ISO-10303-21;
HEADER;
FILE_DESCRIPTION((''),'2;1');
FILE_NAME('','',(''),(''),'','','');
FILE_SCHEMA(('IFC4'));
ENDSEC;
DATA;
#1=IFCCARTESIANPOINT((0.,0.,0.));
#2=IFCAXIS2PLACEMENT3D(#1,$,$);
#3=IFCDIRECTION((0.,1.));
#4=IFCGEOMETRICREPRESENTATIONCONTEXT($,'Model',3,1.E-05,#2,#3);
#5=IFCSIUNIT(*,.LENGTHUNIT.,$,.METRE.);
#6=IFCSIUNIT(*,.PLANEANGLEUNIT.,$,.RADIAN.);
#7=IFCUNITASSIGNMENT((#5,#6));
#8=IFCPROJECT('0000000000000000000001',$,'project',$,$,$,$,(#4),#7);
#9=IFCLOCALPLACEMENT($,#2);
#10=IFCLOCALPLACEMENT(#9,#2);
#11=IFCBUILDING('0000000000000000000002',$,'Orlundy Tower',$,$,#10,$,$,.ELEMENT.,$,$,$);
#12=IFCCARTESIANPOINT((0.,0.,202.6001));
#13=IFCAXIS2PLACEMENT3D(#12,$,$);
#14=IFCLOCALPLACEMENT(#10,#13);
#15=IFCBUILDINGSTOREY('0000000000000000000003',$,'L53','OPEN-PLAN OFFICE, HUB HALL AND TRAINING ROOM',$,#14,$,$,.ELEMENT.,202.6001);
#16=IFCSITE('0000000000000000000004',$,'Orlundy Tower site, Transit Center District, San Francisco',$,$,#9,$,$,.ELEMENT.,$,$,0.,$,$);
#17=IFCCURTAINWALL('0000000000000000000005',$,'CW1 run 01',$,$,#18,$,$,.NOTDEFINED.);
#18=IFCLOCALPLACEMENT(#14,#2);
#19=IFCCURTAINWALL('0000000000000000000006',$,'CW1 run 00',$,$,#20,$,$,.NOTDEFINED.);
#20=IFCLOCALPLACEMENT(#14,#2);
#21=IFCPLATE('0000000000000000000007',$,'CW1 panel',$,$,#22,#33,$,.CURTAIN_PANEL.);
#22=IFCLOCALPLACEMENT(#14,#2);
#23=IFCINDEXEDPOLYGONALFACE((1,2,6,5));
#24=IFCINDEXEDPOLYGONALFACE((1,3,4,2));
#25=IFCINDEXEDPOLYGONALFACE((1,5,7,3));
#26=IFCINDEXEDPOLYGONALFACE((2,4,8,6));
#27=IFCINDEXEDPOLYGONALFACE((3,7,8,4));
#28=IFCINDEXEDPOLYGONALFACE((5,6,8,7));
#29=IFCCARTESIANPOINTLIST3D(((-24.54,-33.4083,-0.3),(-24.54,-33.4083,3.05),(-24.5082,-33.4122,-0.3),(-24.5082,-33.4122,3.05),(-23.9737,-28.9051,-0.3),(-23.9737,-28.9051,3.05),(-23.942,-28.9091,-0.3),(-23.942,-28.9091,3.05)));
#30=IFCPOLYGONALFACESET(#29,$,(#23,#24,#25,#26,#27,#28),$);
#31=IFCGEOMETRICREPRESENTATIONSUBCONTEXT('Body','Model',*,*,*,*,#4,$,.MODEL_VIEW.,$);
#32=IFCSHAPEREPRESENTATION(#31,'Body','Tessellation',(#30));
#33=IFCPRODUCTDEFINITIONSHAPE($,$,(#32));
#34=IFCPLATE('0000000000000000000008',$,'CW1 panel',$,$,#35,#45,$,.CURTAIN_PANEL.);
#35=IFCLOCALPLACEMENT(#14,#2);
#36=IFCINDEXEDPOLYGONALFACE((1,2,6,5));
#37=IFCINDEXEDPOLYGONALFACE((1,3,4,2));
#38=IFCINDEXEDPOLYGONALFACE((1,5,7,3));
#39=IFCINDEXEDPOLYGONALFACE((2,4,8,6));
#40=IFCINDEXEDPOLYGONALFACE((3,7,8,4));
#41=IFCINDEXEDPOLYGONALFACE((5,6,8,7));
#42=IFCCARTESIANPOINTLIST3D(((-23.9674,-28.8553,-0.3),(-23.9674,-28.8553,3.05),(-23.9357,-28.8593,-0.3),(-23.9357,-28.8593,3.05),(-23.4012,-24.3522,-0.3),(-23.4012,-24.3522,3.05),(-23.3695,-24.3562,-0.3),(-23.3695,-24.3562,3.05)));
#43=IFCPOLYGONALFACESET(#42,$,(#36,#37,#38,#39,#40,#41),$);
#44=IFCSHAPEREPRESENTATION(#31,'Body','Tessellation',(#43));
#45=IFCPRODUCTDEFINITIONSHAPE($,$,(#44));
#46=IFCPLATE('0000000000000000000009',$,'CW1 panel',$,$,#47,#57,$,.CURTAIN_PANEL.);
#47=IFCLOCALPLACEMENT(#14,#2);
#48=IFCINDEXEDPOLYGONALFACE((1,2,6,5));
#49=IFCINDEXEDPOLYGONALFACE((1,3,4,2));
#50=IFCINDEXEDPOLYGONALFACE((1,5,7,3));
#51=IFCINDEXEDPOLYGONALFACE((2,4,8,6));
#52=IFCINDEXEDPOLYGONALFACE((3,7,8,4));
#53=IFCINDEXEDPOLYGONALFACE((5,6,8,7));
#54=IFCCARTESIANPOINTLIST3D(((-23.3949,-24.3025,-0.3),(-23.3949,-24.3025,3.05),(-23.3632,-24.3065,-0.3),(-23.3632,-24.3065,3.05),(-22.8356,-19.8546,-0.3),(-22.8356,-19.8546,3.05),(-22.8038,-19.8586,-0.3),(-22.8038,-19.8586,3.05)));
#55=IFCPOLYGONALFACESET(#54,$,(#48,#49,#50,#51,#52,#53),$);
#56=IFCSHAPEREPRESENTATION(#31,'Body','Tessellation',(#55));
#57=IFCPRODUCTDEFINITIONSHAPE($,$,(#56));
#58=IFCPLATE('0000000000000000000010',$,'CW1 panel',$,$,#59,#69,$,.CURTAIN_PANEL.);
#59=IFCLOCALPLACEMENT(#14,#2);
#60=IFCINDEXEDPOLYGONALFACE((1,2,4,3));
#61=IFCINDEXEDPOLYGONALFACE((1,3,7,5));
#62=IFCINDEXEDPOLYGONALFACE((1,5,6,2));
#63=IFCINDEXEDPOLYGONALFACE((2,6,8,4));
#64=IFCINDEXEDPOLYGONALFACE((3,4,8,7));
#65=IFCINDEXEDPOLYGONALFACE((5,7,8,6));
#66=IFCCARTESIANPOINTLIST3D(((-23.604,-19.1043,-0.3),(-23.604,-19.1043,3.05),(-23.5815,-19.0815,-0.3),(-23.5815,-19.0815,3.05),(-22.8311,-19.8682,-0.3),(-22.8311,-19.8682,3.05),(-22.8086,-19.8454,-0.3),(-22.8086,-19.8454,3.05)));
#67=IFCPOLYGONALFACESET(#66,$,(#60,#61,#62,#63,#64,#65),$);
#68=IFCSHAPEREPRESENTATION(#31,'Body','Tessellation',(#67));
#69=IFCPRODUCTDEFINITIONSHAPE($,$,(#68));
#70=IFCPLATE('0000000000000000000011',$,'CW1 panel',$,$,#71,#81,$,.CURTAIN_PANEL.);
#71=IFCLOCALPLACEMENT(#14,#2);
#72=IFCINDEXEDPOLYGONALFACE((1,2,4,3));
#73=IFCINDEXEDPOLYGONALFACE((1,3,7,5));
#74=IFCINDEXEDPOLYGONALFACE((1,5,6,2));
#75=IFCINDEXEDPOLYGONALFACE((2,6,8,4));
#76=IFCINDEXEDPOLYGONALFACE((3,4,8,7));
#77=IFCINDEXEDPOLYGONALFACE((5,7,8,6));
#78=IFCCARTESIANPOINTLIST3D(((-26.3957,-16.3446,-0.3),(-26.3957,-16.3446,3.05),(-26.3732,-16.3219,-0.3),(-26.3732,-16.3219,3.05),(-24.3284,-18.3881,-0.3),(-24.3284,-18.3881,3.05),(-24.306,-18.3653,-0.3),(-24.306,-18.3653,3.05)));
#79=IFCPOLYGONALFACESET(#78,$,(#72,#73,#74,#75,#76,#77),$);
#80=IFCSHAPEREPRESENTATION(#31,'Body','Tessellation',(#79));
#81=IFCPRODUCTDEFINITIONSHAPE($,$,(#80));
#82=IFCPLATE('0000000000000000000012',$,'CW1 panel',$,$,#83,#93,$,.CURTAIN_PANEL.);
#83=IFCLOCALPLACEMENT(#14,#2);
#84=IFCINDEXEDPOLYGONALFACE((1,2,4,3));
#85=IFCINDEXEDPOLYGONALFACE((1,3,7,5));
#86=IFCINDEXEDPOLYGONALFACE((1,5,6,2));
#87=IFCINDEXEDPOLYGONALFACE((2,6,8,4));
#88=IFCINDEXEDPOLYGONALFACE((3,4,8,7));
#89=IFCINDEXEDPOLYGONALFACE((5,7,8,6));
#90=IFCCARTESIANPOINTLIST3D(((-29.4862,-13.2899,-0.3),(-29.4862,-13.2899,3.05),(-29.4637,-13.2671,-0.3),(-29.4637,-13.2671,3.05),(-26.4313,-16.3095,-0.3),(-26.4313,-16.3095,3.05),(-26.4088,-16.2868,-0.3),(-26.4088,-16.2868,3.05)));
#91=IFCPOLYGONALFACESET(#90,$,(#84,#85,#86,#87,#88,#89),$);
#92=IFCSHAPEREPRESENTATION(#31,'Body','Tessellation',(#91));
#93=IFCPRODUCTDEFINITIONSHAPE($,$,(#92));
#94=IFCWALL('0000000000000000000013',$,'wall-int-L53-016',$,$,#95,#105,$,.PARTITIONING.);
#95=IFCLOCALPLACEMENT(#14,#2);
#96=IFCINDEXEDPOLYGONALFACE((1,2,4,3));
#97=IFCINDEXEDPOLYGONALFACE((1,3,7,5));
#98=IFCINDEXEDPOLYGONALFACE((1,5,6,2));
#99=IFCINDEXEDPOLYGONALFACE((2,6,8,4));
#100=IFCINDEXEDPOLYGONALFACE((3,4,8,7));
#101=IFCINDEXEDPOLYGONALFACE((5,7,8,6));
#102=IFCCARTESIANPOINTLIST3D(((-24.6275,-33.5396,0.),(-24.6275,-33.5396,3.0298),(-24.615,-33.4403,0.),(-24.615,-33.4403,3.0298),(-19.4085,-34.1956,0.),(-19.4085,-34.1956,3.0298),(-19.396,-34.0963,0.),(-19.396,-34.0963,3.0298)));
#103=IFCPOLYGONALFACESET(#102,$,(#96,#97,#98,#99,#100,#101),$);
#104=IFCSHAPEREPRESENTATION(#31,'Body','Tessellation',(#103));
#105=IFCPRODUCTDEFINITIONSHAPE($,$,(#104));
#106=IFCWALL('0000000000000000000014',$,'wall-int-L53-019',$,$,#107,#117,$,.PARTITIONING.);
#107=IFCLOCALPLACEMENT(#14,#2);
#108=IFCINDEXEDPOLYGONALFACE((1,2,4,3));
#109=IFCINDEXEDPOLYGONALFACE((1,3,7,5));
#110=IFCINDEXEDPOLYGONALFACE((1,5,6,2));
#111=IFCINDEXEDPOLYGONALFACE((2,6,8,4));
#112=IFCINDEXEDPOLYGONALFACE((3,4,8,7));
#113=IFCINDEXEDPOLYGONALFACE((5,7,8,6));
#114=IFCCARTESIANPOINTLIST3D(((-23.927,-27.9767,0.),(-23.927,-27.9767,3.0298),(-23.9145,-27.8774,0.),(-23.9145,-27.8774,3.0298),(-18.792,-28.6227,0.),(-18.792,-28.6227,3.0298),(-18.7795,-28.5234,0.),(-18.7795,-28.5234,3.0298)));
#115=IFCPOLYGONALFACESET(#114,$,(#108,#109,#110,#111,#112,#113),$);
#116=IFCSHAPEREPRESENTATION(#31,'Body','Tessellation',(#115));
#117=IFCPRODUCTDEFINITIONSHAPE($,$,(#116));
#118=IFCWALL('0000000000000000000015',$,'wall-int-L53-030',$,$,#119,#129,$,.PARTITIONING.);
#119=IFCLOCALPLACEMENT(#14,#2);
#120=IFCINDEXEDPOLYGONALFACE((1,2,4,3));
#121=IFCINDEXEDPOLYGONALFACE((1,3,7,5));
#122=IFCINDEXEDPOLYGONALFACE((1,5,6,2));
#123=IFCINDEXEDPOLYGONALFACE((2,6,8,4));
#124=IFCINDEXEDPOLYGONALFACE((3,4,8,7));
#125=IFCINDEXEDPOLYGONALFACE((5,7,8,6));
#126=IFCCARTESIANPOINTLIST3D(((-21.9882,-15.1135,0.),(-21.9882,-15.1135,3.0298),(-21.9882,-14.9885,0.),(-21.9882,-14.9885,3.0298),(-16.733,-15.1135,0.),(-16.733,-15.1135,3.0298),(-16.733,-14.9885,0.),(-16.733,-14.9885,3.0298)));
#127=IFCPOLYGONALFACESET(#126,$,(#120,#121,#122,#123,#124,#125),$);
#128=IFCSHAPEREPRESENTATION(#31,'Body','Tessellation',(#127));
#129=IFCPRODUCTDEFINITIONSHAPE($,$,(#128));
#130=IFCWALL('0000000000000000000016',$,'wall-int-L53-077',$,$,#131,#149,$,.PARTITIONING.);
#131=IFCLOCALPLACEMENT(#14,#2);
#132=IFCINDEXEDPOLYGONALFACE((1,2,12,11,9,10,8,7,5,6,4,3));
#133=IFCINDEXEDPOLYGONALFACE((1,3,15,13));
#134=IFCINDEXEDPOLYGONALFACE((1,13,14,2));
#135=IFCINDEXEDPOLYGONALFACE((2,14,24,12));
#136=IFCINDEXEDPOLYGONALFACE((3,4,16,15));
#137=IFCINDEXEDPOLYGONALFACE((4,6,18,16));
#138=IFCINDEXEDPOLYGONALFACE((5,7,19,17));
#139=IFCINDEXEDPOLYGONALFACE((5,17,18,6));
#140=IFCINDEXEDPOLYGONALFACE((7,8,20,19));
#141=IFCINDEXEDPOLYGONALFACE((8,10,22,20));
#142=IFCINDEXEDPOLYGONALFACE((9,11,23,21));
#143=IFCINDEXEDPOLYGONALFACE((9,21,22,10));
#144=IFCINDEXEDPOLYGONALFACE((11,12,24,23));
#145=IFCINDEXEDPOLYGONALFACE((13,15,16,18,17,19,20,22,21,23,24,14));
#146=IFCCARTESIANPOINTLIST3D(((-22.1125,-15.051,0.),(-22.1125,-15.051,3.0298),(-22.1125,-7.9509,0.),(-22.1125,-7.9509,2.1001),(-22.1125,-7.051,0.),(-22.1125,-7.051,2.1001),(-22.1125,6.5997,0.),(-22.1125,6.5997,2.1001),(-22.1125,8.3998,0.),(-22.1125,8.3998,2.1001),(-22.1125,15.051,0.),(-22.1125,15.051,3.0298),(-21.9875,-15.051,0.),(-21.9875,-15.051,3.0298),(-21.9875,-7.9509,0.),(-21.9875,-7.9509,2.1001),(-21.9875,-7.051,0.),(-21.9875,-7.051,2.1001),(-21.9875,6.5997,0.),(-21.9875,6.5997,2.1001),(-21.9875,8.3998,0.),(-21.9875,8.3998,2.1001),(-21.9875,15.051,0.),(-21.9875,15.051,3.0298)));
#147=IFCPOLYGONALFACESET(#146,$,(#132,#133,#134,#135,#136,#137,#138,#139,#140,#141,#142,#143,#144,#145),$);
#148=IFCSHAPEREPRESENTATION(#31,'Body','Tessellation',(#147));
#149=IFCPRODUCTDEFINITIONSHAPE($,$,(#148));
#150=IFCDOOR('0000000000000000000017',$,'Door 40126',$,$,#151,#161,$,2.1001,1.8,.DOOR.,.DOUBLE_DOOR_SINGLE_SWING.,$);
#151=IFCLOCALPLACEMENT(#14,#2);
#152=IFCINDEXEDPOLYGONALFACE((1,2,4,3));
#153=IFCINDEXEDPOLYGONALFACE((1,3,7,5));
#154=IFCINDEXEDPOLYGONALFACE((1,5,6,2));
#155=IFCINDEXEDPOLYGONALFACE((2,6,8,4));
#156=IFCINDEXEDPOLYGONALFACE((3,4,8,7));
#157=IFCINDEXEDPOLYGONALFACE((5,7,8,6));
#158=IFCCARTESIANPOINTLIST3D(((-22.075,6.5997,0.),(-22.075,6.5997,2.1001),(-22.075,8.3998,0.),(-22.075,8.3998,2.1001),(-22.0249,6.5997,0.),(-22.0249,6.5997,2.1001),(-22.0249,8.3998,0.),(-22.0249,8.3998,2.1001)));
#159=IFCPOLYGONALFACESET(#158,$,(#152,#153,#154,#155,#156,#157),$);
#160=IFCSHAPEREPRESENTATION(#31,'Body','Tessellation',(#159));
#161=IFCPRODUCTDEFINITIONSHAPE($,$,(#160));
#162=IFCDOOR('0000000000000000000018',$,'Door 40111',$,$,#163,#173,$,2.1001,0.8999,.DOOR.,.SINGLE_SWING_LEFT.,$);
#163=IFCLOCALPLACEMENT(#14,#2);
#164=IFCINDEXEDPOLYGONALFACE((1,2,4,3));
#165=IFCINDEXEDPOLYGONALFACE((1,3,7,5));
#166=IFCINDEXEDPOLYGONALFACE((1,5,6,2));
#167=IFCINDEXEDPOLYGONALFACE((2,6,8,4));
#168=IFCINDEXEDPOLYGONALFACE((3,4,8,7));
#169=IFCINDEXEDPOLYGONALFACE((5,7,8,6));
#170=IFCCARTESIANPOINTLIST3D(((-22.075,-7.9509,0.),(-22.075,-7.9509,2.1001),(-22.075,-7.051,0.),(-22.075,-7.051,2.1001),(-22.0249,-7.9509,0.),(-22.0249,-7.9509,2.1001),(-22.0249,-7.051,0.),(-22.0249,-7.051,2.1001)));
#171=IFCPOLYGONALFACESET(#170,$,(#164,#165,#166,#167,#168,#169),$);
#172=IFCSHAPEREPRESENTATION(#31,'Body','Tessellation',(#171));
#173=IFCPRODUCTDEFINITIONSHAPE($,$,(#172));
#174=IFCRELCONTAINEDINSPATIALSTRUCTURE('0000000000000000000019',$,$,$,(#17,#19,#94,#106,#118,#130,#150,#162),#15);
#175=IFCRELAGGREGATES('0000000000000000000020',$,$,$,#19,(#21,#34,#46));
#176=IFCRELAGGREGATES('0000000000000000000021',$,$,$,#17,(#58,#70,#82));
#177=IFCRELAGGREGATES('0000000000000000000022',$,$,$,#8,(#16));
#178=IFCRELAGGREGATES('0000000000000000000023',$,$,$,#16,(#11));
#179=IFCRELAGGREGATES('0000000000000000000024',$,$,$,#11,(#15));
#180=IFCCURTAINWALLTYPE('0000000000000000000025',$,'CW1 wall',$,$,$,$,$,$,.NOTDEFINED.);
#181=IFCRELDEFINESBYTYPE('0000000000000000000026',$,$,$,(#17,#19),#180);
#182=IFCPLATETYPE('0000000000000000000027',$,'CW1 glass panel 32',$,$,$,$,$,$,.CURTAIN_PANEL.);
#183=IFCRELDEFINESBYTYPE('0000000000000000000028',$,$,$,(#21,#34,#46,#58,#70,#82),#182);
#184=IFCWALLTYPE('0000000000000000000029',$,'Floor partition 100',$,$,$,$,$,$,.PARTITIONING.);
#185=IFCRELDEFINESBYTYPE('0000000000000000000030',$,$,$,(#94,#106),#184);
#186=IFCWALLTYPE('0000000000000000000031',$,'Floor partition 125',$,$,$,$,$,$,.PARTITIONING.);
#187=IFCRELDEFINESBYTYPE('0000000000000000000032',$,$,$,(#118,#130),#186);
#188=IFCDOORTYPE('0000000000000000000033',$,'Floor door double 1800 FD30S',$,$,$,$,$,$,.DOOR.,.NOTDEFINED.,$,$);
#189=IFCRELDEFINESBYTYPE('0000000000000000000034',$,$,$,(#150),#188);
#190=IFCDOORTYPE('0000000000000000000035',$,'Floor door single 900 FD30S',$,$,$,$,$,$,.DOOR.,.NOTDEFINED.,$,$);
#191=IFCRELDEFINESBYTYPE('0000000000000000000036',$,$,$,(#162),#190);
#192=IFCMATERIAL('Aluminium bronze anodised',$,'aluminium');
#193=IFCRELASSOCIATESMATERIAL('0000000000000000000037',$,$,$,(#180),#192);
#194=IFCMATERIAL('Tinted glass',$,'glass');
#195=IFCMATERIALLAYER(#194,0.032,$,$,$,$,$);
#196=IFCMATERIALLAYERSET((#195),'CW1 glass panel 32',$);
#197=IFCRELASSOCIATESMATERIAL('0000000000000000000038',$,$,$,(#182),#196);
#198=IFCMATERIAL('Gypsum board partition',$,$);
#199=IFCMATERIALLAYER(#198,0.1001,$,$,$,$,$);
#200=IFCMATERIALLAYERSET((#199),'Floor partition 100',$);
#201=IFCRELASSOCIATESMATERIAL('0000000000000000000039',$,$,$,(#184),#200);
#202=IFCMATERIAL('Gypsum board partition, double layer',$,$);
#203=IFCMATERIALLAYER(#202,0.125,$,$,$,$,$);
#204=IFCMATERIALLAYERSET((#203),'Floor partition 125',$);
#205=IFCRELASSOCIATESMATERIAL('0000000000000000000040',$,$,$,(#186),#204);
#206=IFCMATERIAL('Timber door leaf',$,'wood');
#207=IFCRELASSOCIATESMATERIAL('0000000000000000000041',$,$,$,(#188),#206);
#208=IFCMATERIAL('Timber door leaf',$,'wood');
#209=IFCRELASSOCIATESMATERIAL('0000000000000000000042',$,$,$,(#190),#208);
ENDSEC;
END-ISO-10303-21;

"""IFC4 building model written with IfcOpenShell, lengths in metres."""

from ifc_helpers import new_model, si_unit, direction, frame, frame_2d, origin, origin_2d, place, context, subcontext, project, spatial, rectangle, extrude, material, layer, layer_set, type_object, element, fill, aggregate, save


model = new_model("IFC4")

# Units and contexts
model_context = context("Model", 3, precision=1e-05, world=origin(), true_north=direction((0.0, 1.0)))
body_context = subcontext(model_context, "Body", "Model", "MODEL_VIEW")
ifc_project = project(units=[si_unit("LENGTHUNIT", "METRE"), si_unit("PLANEANGLEUNIT", "RADIAN")], contexts=[model_context])

# Site, building, storey
site_placement = place(None, origin())
site = spatial("IfcSite", under=ifc_project, at=site_placement, Name="Orlundy Tower site, Transit Center District, San Francisco", CompositionType="ELEMENT", RefElevation=0.0)
building_placement = place(site_placement, origin())
building = spatial("IfcBuilding", under=site, at=building_placement, Name="Orlundy Tower", CompositionType="ELEMENT")
storey_placement = place(building_placement, frame((0.0, 0.0, 202.6001)))
storey = spatial("IfcBuildingStorey", under=building, at=storey_placement, Name="L53", Description="OPEN-PLAN OFFICE, HUB HALL AND TRAINING ROOM", CompositionType="ELEMENT", Elevation=202.6001)

# Curtain wall
ifc_material_1 = material(Name="Aluminium bronze anodised", Category="aluminium")
curtain_wall_type = type_object("IfcCurtainWallType", Name="CW1 wall", PredefinedType="NOTDEFINED", material=ifc_material_1)
curtain_wall_1_placement = place(storey_placement, origin())
curtain_wall_1 = element("IfcCurtainWall", 1, at=curtain_wall_1_placement, inside=storey, type_object=curtain_wall_type, Name="CW1 run 01", PredefinedType="NOTDEFINED")

# Curtain wall
curtain_wall_2_placement = place(storey_placement, origin())
curtain_wall_2 = element("IfcCurtainWall", 2, at=curtain_wall_2_placement, inside=storey, type_object=curtain_wall_type, Name="CW1 run 00", PredefinedType="NOTDEFINED")

# Plates
ifc_material_2 = material(Name="Tinted glass", Category="glass")
ifc_layer_1 = layer(ifc_material_2, 0.032)
ifc_layer_set_1 = layer_set([ifc_layer_1], Name="CW1 glass panel 32")
plate_type = type_object("IfcPlateType", Name="CW1 glass panel 32", PredefinedType="CURTAIN_PANEL", material=ifc_layer_set_1)
plate_1_placement = place(storey_placement, frame((-24.241, -31.1587, -0.3), z_axis=(0.0, 0.0, 1.0), x_axis=(0.124763, 0.992187, 0.0)))
plate_1 = element("IfcPlate", 3, at=plate_1_placement, type_object=plate_type, Name="CW1 panel", PredefinedType="CURTAIN_PANEL", context=body_context, shape_type="SweptSolid", body=[
    extrude(rectangle(XDim=4.5386, YDim=0.032, at=origin_2d()), origin(), (0.0, 0.0, 1.0), 3.3501),
])
plate_2_placement = place(storey_placement, frame((-23.6685, -26.6057, -0.3), z_axis=(0.0, 0.0, 1.0), x_axis=(0.124763, 0.992187, 0.0)))
plate_2 = element("IfcPlate", 4, at=plate_2_placement, type_object=plate_type, Name="CW1 panel", PredefinedType="CURTAIN_PANEL", context=body_context, shape_type="SweptSolid", body=[
    extrude(rectangle(XDim=4.5386, YDim=0.032, at=origin_2d()), origin(), (0.0, 0.0, 1.0), 3.3501),
])
plate_3_placement = place(storey_placement, frame((-23.0994, -22.0806, -0.3), z_axis=(0.0, 0.0, 1.0), x_axis=(0.124763, 0.992187, 0.0)))
plate_3 = element("IfcPlate", 5, at=plate_3_placement, type_object=plate_type, Name="CW1 panel", PredefinedType="CURTAIN_PANEL", context=body_context, shape_type="SweptSolid", body=[
    extrude(rectangle(XDim=4.4829, YDim=0.032, at=origin_2d()), origin(), (0.0, 0.0, 1.0), 3.3501),
])
aggregate(curtain_wall_2, [plate_1, plate_2, plate_3])
plate_4_placement = place(storey_placement, frame((-23.2063, -19.4749, -0.3), z_axis=(0.0, 0.0, 1.0), x_axis=(-0.711198, 0.702992, 0.0)))
plate_4 = element("IfcPlate", 6, at=plate_4_placement, type_object=plate_type, Name="CW1 panel", PredefinedType="CURTAIN_PANEL", context=body_context, shape_type="SweptSolid", body=[
    extrude(rectangle(XDim=1.0867, YDim=0.032, at=origin_2d()), origin(), (0.0, 0.0, 1.0), 3.3501),
])
plate_5_placement = place(storey_placement, frame((-25.3508, -17.355, -0.3), z_axis=(0.0, 0.0, 1.0), x_axis=(-0.711198, 0.702992, 0.0)))
plate_5 = element("IfcPlate", 7, at=plate_5_placement, type_object=plate_type, Name="CW1 panel", PredefinedType="CURTAIN_PANEL", context=body_context, shape_type="SweptSolid", body=[
    extrude(rectangle(XDim=2.9067, YDim=0.032, at=origin_2d()), origin(), (0.0, 0.0, 1.0), 3.3501),
])
plate_6_placement = place(storey_placement, frame((-27.9475, -14.7883, -0.3), z_axis=(0.0, 0.0, 1.0), x_axis=(-0.711198, 0.702992, 0.0)))
plate_6 = element("IfcPlate", 8, at=plate_6_placement, type_object=plate_type, Name="CW1 panel", PredefinedType="CURTAIN_PANEL", context=body_context, shape_type="SweptSolid", body=[
    extrude(rectangle(XDim=4.2954, YDim=0.032, at=origin_2d()), origin(), (0.0, 0.0, 1.0), 3.3501),
])
aggregate(curtain_wall_1, [plate_4, plate_5, plate_6])

# Walls
ifc_material_3 = material(Name="Gypsum board partition")
ifc_layer_2 = layer(ifc_material_3, 0.1001)
ifc_layer_set_2 = layer_set([ifc_layer_2], Name="Floor partition 100")
wall_type_1 = type_object("IfcWallType", Name="Floor partition 100", PredefinedType="PARTITIONING", material=ifc_layer_set_2)
wall_1_placement = place(storey_placement, frame((-24.6211, -33.49, 0.0), z_axis=(0.0, 0.0, 1.0), x_axis=(0.992193, -0.124714, 0.0)))
element("IfcWall", 9, at=wall_1_placement, inside=storey, type_object=wall_type_1, Name="wall-int-L53-016", PredefinedType="PARTITIONING", context=body_context, shape_type="SweptSolid", body=[
    extrude(rectangle(XDim=5.26, YDim=0.1001, at=frame_2d((2.6299, 0.0))), origin(), (0.0, 0.0, 1.0), 3.0298),
])
wall_2_placement = place(storey_placement, frame((-23.9209, -27.927, 0.0), z_axis=(0.0, 0.0, 1.0), x_axis=(0.99218, -0.124818, 0.0)))
element("IfcWall", 10, at=wall_2_placement, inside=storey, type_object=wall_type_1, Name="wall-int-L53-019", PredefinedType="PARTITIONING", context=body_context, shape_type="SweptSolid", body=[
    extrude(rectangle(XDim=5.1755, YDim=0.1001, at=frame_2d((2.5879, 0.0))), origin(), (0.0, 0.0, 1.0), 3.0298),
])
ifc_material_4 = material(Name="Gypsum board partition, double layer")
ifc_layer_3 = layer(ifc_material_4, 0.125)
ifc_layer_set_3 = layer_set([ifc_layer_3], Name="Floor partition 125")
wall_type_2 = type_object("IfcWallType", Name="Floor partition 125", PredefinedType="PARTITIONING", material=ifc_layer_set_3)
wall_3_placement = place(storey_placement, frame((-21.988, -15.051, 0.0), z_axis=(0.0, 0.0, 1.0), x_axis=(1.0, 0.0, 0.0)))
element("IfcWall", 11, at=wall_3_placement, inside=storey, type_object=wall_type_2, Name="wall-int-L53-030", PredefinedType="PARTITIONING", context=body_context, shape_type="SweptSolid", body=[
    extrude(rectangle(XDim=5.2551, YDim=0.125, at=frame_2d((2.6274, 0.0))), origin(), (0.0, 0.0, 1.0), 3.0298),
])

# Wall, openings, doors
wall_4_placement = place(storey_placement, frame((-22.05, -15.051, 0.0), z_axis=(0.0, 0.0, 1.0), x_axis=(0.0, 1.0, 0.0)))
wall_4 = element("IfcWall", 12, at=wall_4_placement, inside=storey, type_object=wall_type_2, Name="wall-int-L53-077", PredefinedType="PARTITIONING", context=body_context, shape_type="SweptSolid", body=[
    extrude(rectangle(XDim=30.1021, YDim=0.125, at=frame_2d((15.051, 0.0))), origin(), (0.0, 0.0, 1.0), 3.0298),
])
opening_1_placement = place(wall_4_placement, frame((7.1001, 0.0, 0.0)))
opening_1 = element("IfcOpeningElement", 13, at=opening_1_placement, cuts=wall_4, PredefinedType="OPENING", context=body_context, shape_type="SweptSolid", body=[
    extrude(rectangle(XDim=0.8999, YDim=2.1001, at=frame_2d((0.45, 1.05))), frame((0.0, 0.0725, 0.0), z_axis=(0.0, -1.0, 0.0), x_axis=(1.0, 0.0, 0.0)), (0.0, 0.0, 1.0), 0.145),
])
opening_2_placement = place(wall_4_placement, frame((21.6509, 0.0, 0.0)))
opening_2 = element("IfcOpeningElement", 14, at=opening_2_placement, cuts=wall_4, PredefinedType="OPENING", context=body_context, shape_type="SweptSolid", body=[
    extrude(rectangle(XDim=1.8, YDim=2.1001, at=frame_2d((0.8999, 1.05))), frame((0.0, 0.0725, 0.0), z_axis=(0.0, -1.0, 0.0), x_axis=(1.0, 0.0, 0.0)), (0.0, 0.0, 1.0), 0.145),
])
ifc_material_5 = material(Name="Timber door leaf", Category="wood")
door_type_1 = type_object("IfcDoorType", Name="Floor door double 1800 FD30S", OperationType="NOTDEFINED", PredefinedType="DOOR", material=ifc_material_5)
door_1_placement = place(opening_2_placement, origin())
door_1 = element("IfcDoor", 15, at=door_1_placement, inside=storey, type_object=door_type_1, Name="Door 40126", OperationType="DOUBLE_DOOR_SINGLE_SWING", OverallHeight=2.1001, OverallWidth=1.8, PredefinedType="DOOR", context=body_context, shape_type="SweptSolid", body=[
    extrude(rectangle(XDim=1.8, YDim=2.1001, at=frame_2d((0.8999, 1.05))), frame((0.0, 0.0249, 0.0), z_axis=(0.0, -1.0, 0.0), x_axis=(1.0, 0.0, 0.0)), (0.0, 0.0, 1.0), 0.05),
])
fill(opening_2, door_1)
ifc_material_6 = material(Name="Timber door leaf", Category="wood")
door_type_2 = type_object("IfcDoorType", Name="Floor door single 900 FD30S", OperationType="NOTDEFINED", PredefinedType="DOOR", material=ifc_material_6)
door_2_placement = place(opening_1_placement, origin())
door_2 = element("IfcDoor", 16, at=door_2_placement, inside=storey, type_object=door_type_2, Name="Door 40111", OperationType="SINGLE_SWING_LEFT", OverallHeight=2.1001, OverallWidth=0.8999, PredefinedType="DOOR", context=body_context, shape_type="SweptSolid", body=[
    extrude(rectangle(XDim=0.8999, YDim=2.1001, at=frame_2d((0.45, 1.05))), frame((0.0, 0.0249, 0.0), z_axis=(0.0, -1.0, 0.0), x_axis=(1.0, 0.0, 0.0)), (0.0, 0.0, 1.0), 0.05),
])
fill(opening_1, door_2)

save(model, "model.ifc")
